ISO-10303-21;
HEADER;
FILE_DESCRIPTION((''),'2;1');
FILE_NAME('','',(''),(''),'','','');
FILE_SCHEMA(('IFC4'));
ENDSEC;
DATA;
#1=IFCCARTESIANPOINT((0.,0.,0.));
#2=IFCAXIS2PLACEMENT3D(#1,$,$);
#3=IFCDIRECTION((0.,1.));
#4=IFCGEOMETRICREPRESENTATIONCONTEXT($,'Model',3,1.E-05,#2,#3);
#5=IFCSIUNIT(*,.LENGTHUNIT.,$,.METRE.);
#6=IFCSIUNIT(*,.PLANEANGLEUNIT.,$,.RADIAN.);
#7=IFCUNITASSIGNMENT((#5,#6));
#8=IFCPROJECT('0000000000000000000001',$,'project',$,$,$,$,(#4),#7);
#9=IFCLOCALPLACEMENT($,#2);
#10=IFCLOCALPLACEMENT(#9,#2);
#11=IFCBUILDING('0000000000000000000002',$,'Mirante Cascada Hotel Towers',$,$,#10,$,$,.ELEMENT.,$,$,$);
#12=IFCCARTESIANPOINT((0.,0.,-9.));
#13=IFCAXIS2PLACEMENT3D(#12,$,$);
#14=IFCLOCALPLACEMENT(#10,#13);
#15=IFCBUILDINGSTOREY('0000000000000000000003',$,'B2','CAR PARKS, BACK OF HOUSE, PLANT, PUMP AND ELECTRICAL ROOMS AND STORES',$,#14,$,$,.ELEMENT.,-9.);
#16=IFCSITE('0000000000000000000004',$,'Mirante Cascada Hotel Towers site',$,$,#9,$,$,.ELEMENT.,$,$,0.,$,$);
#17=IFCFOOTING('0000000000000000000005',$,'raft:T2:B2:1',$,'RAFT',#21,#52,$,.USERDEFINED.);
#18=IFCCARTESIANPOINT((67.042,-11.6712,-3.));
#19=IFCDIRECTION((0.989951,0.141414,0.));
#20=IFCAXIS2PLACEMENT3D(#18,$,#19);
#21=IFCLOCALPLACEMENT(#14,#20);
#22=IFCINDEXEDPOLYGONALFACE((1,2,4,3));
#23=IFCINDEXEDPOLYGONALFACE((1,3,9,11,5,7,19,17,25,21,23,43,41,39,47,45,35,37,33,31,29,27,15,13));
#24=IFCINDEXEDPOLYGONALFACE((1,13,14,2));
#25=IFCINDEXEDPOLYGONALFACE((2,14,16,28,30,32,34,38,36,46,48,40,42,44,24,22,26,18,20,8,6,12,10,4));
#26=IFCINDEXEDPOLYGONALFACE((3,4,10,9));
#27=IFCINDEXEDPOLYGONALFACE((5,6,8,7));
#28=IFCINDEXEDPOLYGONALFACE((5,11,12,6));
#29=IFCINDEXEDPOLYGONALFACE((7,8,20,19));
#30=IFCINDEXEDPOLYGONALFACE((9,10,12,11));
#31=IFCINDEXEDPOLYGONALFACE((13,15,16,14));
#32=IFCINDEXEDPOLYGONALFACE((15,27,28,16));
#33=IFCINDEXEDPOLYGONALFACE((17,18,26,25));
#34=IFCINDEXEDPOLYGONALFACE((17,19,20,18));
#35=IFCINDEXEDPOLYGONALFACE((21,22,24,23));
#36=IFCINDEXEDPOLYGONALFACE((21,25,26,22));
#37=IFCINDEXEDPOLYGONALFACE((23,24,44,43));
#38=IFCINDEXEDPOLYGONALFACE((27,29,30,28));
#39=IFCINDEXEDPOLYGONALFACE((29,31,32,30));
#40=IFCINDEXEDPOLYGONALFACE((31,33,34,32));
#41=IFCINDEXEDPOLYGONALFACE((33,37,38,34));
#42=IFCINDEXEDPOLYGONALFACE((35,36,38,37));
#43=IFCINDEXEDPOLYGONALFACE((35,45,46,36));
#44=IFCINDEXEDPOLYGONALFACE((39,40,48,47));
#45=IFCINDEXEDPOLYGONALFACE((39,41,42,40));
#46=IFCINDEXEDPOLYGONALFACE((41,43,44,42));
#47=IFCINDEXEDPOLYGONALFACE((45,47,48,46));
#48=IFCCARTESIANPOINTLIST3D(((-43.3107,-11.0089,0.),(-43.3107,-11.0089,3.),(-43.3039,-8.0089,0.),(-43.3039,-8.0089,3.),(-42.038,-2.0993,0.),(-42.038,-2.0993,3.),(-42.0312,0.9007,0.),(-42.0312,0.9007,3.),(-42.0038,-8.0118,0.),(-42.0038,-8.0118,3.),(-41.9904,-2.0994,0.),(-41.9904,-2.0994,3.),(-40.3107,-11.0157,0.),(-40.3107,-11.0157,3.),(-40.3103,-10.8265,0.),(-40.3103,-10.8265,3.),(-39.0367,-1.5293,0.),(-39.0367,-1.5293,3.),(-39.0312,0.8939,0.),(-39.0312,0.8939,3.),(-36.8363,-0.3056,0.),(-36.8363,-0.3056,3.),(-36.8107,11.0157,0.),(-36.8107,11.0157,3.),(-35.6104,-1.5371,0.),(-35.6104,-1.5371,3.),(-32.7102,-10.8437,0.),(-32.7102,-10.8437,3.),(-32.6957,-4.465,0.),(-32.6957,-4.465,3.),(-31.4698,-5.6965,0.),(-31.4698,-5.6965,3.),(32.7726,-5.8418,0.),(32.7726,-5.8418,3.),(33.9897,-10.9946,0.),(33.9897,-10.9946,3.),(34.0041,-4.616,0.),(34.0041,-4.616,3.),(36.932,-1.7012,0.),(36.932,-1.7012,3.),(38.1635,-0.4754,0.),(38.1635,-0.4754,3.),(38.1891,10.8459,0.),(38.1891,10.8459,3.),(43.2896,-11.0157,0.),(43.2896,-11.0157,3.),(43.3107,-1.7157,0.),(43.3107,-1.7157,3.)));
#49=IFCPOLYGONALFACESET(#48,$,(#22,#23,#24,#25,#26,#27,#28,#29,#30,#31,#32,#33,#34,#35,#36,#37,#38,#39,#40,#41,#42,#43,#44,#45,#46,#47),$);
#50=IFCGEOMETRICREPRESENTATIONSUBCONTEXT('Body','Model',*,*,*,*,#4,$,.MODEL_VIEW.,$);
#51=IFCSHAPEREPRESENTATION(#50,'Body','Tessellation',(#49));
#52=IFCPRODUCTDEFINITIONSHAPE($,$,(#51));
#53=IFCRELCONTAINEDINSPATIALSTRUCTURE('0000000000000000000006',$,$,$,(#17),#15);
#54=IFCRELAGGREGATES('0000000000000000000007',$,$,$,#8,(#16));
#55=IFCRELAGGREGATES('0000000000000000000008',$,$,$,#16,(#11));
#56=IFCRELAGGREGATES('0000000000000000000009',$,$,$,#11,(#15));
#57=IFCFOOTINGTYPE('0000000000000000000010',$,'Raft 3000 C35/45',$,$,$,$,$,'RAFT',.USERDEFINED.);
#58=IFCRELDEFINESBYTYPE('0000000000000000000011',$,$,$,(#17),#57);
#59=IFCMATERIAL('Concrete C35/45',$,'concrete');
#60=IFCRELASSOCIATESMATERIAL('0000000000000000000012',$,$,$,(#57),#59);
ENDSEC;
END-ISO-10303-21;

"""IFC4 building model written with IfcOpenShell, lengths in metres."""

from ifc_helpers import new_model, si_unit, direction, frame, origin, place, context, subcontext, project, spatial, polyline, outline, extrude, material, type_object, element, save


model = new_model("IFC4")

# Units and contexts
model_context = context("Model", 3, precision=1e-05, world=origin(), true_north=direction((0.0, 1.0)))
body_context = subcontext(model_context, "Body", "Model", "MODEL_VIEW")
ifc_project = project(units=[si_unit("LENGTHUNIT", "METRE"), si_unit("PLANEANGLEUNIT", "RADIAN")], contexts=[model_context])

# Site, building, storey
site_placement = place(None, origin())
site = spatial("IfcSite", under=ifc_project, at=site_placement, Name="Mirante Cascada Hotel Towers site", CompositionType="ELEMENT", RefElevation=0.0)
building_placement = place(site_placement, origin())
building = spatial("IfcBuilding", under=site, at=building_placement, Name="Mirante Cascada Hotel Towers", CompositionType="ELEMENT")
storey_placement = place(building_placement, frame((0.0, 0.0, -9.0)))
storey = spatial("IfcBuildingStorey", under=building, at=storey_placement, Name="B2", Description="CAR PARKS, BACK OF HOUSE, PLANT, PUMP AND ELECTRICAL ROOMS AND STORES", CompositionType="ELEMENT", Elevation=-9.0)

# Footing
ifc_material_1 = material(Name="Concrete C35/45", Category="concrete")
footing_type = type_object("IfcFootingType", Name="Raft 3000 C35/45", ElementType="RAFT", PredefinedType="USERDEFINED", material=ifc_material_1)
footing_placement = place(storey_placement, frame((67.042, -11.6712, -3.0), x_axis=(0.989951, 0.141414, 0.0)))
element("IfcFooting", 1, at=footing_placement, inside=storey, type_object=footing_type, Name="raft:T2:B2:1", ObjectType="RAFT", PredefinedType="USERDEFINED", context=body_context, shape_type="SweptSolid", body=[
    extrude(outline(polyline([(-42.0038, -8.0118), (-41.9904, -2.0994), (-42.038, -2.0993), (-42.0312, 0.9007), (-39.0312, 0.8939), (-39.0367, -1.5293), (-35.6104, -1.5371), (-36.8363, -0.3056), (-36.8107, 11.0157), (38.1891, 10.8459), (38.1635, -0.4754), (36.932, -1.7012), (43.3107, -1.7157), (43.2896, -11.0157), (33.9897, -10.9946), (34.0041, -4.616), (32.7726, -5.8418), (-31.4698, -5.6965), (-32.6957, -4.465), (-32.7102, -10.8437), (-40.3103, -10.8265), (-40.3107, -11.0157), (-43.3107, -11.0089), (-43.3039, -8.0089), (-42.0038, -8.0118)])), origin(), (0.0, 0.0, 1.0), 3.0),
])

save(model, "model.ifc")
